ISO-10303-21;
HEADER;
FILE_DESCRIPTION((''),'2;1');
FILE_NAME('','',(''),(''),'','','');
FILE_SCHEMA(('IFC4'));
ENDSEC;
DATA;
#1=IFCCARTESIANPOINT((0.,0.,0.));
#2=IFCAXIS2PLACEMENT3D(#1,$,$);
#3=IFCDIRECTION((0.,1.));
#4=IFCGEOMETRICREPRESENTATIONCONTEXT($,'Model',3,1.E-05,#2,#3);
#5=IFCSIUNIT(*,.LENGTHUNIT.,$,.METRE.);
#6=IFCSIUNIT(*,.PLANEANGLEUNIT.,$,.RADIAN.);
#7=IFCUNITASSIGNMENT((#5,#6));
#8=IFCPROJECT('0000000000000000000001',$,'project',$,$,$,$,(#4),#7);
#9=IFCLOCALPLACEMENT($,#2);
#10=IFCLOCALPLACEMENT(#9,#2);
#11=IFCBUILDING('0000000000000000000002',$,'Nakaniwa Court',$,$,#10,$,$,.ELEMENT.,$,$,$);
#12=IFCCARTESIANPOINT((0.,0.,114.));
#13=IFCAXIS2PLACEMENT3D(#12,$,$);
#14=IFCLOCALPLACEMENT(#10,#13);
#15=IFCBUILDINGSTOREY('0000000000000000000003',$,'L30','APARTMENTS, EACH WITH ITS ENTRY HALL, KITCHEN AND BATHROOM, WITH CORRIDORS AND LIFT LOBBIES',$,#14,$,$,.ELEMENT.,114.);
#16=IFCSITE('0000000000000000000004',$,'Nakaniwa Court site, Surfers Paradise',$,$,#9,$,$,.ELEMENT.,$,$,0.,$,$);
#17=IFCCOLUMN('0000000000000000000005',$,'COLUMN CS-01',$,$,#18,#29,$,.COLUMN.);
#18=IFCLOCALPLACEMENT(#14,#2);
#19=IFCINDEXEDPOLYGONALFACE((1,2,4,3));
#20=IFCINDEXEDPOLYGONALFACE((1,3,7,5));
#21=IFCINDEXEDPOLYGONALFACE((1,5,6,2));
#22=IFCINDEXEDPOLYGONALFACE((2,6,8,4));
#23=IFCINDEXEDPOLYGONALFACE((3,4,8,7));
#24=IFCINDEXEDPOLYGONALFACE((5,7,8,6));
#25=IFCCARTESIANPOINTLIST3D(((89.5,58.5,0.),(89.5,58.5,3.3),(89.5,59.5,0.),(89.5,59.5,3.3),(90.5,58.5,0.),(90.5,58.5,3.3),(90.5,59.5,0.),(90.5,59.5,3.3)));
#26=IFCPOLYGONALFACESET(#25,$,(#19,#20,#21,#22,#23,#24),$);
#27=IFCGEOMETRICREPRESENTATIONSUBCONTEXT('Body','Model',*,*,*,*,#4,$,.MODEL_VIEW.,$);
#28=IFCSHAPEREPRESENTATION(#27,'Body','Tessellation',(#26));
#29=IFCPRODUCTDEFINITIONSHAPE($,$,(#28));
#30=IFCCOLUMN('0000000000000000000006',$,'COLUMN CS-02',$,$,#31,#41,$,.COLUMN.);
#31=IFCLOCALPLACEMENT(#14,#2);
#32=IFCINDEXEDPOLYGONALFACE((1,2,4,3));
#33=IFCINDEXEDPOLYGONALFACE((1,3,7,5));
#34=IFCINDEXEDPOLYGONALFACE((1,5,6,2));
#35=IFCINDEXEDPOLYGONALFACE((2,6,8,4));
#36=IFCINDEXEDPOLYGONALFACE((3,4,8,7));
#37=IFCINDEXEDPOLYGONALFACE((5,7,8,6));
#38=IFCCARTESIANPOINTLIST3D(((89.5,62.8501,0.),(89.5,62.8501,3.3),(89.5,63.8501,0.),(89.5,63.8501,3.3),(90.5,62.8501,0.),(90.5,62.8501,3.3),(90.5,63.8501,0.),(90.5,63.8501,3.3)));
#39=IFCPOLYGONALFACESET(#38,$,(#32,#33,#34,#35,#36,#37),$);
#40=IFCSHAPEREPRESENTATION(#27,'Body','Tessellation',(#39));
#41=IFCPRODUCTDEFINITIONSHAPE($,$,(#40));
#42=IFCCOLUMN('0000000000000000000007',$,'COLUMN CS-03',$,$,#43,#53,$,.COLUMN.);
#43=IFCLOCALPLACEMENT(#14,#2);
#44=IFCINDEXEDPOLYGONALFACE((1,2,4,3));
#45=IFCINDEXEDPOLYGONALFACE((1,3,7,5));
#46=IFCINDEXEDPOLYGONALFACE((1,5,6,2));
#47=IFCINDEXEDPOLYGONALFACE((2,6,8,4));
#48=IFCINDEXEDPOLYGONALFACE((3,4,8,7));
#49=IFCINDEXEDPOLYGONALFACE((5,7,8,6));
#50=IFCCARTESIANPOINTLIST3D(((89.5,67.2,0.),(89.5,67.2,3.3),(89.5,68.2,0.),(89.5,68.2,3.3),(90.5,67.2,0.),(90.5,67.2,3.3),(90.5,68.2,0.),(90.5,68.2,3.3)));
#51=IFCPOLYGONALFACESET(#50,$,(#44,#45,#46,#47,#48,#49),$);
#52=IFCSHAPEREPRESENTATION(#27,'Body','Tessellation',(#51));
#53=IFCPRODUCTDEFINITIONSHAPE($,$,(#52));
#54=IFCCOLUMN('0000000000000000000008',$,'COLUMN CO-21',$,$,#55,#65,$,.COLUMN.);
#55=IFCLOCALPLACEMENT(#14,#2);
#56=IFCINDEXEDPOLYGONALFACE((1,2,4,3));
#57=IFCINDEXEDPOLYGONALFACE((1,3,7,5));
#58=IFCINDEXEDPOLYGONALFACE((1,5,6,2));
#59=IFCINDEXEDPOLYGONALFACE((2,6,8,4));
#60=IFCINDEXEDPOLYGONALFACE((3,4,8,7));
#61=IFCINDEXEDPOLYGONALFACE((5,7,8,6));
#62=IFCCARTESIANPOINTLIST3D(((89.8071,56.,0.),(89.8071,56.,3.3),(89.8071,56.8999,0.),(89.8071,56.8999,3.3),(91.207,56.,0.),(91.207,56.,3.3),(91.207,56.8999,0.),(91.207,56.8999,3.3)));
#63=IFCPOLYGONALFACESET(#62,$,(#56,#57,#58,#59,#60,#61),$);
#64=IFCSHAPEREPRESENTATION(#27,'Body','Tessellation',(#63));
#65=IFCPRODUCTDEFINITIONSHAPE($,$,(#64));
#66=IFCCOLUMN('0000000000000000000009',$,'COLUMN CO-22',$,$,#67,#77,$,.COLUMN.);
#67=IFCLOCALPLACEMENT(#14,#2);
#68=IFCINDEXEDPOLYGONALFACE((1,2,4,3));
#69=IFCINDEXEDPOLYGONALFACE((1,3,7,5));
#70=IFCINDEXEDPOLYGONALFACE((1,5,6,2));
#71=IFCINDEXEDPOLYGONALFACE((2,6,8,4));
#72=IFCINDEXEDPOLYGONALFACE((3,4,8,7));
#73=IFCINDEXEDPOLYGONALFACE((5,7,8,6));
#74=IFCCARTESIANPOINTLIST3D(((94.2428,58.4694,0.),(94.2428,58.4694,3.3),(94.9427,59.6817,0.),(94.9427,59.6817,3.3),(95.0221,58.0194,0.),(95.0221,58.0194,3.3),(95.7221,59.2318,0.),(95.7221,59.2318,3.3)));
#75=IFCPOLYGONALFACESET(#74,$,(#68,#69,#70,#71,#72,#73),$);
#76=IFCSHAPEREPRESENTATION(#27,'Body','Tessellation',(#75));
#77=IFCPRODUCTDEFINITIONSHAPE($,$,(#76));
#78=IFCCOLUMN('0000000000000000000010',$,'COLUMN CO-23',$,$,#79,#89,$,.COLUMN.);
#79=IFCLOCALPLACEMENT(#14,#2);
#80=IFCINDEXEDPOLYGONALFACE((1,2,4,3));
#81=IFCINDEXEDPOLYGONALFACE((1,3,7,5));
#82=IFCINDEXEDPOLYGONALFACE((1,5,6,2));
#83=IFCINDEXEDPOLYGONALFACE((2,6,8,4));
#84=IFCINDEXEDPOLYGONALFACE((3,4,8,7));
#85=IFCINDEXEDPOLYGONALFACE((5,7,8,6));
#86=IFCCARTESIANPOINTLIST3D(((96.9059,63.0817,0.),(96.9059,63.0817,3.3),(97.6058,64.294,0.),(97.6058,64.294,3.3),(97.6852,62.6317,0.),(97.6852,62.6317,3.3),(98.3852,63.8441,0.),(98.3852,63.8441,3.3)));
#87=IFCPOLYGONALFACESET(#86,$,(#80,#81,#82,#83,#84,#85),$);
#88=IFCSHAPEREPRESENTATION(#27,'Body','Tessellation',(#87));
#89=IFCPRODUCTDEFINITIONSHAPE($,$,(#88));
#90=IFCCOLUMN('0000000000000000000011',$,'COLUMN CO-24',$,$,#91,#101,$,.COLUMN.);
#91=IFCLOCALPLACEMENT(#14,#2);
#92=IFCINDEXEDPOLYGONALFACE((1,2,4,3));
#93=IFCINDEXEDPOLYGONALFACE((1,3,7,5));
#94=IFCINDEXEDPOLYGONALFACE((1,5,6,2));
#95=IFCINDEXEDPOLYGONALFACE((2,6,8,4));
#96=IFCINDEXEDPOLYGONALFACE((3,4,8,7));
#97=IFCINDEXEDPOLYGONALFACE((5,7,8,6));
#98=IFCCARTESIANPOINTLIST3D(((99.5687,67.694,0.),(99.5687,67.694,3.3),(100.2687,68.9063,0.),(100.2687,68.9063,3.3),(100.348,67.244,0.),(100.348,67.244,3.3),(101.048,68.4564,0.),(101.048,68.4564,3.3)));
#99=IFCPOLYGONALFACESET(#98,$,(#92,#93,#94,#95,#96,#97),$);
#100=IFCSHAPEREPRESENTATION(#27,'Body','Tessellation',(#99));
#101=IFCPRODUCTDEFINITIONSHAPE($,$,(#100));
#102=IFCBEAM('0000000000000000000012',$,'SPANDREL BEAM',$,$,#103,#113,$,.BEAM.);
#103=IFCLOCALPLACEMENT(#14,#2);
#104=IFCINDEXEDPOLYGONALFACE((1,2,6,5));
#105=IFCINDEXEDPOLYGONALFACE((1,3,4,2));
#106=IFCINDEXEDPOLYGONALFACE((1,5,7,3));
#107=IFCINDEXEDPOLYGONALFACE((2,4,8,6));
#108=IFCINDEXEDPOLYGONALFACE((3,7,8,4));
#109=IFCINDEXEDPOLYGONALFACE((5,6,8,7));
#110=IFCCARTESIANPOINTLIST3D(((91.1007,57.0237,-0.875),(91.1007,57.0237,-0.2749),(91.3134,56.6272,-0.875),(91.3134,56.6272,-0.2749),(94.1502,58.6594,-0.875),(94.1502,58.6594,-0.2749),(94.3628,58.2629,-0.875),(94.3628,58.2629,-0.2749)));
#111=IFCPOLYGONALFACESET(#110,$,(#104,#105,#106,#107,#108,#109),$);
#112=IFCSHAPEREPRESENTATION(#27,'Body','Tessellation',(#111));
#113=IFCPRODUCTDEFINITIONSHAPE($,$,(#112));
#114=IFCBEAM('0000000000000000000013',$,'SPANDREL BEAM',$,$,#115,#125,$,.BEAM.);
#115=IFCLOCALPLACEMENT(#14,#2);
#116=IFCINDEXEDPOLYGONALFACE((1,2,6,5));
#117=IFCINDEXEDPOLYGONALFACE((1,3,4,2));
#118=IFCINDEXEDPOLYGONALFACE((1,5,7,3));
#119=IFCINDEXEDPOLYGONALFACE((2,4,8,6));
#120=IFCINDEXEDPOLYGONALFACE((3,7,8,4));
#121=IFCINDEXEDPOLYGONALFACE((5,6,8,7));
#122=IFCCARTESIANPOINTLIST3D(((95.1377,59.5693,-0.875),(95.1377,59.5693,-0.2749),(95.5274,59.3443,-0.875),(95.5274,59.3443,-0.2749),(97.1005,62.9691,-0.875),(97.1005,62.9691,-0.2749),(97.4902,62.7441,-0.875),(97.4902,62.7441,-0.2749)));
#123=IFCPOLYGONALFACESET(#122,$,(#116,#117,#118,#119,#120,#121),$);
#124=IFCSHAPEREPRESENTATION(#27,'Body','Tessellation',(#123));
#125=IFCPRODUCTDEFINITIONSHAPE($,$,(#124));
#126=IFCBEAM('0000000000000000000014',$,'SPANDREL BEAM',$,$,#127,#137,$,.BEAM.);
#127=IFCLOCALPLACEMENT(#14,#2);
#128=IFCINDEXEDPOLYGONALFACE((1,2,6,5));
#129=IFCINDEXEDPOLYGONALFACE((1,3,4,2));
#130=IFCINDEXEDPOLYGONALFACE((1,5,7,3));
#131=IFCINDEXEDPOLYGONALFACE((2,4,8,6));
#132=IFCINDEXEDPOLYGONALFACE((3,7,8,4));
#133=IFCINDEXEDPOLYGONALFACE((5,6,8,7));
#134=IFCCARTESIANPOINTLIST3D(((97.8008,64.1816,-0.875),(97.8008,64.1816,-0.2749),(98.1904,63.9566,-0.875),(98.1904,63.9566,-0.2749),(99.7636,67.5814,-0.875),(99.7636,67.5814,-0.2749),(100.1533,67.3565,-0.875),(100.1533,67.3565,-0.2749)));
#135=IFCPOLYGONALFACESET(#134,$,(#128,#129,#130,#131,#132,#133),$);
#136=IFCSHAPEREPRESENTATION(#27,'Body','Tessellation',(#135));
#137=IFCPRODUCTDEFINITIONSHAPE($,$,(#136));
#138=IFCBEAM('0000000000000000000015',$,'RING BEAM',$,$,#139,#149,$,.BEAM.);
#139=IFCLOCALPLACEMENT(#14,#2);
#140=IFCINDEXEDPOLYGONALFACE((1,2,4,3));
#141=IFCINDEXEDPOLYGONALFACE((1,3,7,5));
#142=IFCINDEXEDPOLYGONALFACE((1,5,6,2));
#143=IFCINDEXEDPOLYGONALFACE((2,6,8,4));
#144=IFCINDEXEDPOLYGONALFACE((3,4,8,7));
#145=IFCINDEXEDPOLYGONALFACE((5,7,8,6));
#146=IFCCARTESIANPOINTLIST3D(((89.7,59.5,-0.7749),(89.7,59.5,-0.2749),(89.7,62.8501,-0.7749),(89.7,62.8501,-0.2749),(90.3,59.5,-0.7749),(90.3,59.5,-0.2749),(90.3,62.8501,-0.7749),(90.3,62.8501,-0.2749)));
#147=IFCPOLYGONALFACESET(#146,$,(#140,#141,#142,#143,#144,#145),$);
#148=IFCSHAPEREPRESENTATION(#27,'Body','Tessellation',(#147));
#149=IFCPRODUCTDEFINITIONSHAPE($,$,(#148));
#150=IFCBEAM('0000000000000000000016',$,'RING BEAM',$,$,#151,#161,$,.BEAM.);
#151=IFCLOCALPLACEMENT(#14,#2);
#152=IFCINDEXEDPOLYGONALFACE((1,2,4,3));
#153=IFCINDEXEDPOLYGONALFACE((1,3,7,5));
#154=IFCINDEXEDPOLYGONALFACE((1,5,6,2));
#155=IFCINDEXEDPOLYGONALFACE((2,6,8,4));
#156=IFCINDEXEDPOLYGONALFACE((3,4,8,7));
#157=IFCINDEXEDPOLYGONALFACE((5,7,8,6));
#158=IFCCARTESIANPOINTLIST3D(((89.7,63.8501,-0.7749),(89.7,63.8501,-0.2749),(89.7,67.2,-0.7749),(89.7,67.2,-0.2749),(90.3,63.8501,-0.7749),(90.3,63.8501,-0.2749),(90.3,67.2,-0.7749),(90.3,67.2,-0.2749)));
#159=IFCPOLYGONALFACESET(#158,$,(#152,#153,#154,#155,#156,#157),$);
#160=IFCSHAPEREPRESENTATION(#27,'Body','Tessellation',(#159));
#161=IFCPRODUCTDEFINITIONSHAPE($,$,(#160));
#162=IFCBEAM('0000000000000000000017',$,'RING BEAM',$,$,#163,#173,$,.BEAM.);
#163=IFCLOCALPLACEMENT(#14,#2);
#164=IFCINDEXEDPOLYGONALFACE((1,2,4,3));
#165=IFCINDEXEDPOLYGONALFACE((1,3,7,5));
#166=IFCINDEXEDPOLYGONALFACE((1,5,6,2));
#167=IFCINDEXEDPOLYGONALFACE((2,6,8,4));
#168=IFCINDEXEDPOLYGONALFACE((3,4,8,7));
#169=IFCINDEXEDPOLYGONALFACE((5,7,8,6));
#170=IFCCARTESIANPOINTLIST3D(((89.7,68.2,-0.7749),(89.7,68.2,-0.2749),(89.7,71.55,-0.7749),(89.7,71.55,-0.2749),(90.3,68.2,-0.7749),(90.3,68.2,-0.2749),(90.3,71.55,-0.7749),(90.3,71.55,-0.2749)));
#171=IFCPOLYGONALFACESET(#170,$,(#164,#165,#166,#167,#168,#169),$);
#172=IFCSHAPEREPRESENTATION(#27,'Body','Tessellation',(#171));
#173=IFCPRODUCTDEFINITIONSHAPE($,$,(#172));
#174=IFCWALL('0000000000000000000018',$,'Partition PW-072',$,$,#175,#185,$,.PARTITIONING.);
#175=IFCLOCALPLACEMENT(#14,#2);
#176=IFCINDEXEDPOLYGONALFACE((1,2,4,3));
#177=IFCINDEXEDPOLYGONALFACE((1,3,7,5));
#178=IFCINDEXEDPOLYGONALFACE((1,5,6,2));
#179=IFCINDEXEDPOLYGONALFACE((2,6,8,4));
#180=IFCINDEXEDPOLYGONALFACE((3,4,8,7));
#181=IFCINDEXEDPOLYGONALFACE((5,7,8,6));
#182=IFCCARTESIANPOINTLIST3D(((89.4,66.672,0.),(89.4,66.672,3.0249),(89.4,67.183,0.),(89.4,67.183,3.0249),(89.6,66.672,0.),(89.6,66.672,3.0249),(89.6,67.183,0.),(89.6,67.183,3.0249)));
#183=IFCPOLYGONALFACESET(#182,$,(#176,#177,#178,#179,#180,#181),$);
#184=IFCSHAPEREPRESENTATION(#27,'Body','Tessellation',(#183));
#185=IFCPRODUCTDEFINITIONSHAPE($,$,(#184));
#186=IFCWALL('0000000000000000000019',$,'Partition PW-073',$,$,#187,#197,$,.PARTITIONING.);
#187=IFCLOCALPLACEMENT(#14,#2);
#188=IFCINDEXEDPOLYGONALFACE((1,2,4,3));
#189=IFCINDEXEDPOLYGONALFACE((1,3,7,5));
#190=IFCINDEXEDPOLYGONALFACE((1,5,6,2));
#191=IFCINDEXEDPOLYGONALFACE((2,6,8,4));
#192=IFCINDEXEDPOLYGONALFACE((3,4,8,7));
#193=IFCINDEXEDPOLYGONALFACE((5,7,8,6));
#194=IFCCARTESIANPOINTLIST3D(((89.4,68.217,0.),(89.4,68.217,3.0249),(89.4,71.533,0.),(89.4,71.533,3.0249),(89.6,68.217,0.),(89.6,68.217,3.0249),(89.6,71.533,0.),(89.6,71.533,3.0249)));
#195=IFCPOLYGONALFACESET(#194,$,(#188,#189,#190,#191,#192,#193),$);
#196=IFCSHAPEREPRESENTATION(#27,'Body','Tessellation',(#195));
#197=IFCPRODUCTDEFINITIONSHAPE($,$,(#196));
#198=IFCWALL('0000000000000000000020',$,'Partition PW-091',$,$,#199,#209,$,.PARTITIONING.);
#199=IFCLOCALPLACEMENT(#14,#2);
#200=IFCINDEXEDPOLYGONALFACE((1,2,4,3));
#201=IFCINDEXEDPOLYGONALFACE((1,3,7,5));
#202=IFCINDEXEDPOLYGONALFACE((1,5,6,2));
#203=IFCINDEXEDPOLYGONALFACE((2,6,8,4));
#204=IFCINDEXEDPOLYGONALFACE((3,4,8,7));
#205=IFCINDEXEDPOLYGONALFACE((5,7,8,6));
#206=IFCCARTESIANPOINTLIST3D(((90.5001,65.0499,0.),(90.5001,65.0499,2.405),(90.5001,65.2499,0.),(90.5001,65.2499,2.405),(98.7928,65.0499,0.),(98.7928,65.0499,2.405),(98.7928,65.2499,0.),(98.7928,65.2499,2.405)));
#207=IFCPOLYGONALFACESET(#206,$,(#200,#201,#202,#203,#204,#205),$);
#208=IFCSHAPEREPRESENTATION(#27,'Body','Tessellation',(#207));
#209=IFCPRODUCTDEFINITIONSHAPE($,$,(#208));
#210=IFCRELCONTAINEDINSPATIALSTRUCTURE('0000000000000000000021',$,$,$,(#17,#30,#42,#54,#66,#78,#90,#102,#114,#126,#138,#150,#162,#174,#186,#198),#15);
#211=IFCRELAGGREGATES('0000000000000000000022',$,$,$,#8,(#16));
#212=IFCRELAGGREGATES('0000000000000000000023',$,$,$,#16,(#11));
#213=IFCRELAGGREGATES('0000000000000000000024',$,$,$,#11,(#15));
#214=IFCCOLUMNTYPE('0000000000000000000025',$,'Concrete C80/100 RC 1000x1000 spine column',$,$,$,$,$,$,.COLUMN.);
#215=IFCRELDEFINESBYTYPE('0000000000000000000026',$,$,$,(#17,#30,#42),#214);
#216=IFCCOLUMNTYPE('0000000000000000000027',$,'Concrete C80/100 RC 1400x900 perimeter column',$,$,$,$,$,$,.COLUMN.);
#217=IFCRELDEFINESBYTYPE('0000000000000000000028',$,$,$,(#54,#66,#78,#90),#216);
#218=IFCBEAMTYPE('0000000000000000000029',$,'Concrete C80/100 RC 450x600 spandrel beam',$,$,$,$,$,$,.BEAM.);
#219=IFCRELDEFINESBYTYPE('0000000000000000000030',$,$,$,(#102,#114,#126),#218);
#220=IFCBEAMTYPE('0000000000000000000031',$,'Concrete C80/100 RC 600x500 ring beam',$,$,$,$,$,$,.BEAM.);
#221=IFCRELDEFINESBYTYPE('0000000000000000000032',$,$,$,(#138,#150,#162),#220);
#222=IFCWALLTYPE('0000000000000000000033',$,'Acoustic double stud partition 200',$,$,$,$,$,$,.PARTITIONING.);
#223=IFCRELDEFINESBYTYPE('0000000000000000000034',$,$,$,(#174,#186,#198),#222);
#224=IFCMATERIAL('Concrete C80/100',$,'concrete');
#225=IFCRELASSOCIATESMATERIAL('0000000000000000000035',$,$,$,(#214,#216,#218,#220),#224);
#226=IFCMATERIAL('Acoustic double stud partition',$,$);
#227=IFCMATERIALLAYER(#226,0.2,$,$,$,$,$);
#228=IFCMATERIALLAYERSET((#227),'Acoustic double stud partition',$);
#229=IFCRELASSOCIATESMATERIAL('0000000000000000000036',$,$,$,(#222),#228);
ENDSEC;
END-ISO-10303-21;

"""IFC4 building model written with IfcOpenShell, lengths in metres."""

from ifc_helpers import new_model, si_unit, direction, frame, frame_2d, origin, origin_2d, place, context, subcontext, project, spatial, rectangle, extrude, material, layer, layer_set, material_profile, profile_set, type_object, element, save


model = new_model("IFC4")

# Units and contexts
model_context = context("Model", 3, precision=1e-05, world=origin(), true_north=direction((0.0, 1.0)))
body_context = subcontext(model_context, "Body", "Model", "MODEL_VIEW")
ifc_project = project(units=[si_unit("LENGTHUNIT", "METRE"), si_unit("PLANEANGLEUNIT", "RADIAN")], contexts=[model_context])

# Site, building, storey
site_placement = place(None, origin())
site = spatial("IfcSite", under=ifc_project, at=site_placement, Name="Nakaniwa Court site, Surfers Paradise", CompositionType="ELEMENT", RefElevation=0.0)
building_placement = place(site_placement, origin())
building = spatial("IfcBuilding", under=site, at=building_placement, Name="Nakaniwa Court", CompositionType="ELEMENT")
storey_placement = place(building_placement, frame((0.0, 0.0, 114.0)))
storey = spatial("IfcBuildingStorey", under=building, at=storey_placement, Name="L30", Description="APARTMENTS, EACH WITH ITS ENTRY HALL, KITCHEN AND BATHROOM, WITH CORRIDORS AND LIFT LOBBIES", CompositionType="ELEMENT", Elevation=114.0)

# Columns
ifc_material_1 = material(Name="Concrete C80/100", Category="concrete")
ifc_material_profile_1 = material_profile(ifc_material_1, rectangle(XDim=1.0, YDim=1.0, at=origin_2d()), Name="Concrete C80/100 RC 1000x1000 spine column")
ifc_profile_set_1 = profile_set([ifc_material_profile_1], Name="Concrete C80/100")
column_type_1 = type_object("IfcColumnType", Name="Concrete C80/100 RC 1000x1000 spine column", PredefinedType="COLUMN", material=ifc_profile_set_1)
for number, where, z_axis, x_axis, name in (
    (1, (90.0, 59.0, 0.0), (0.0, 0.0, 1.0), (0.0, 1.0, 0.0), "COLUMN CS-01"),
    (2, (90.0, 63.3501, 0.0), (0.0, 0.0, 1.0), (0.0, 1.0, 0.0), "COLUMN CS-02"),
    (3, (90.0, 67.7, 0.0), (0.0, 0.0, 1.0), (0.0, 1.0, 0.0), "COLUMN CS-03"),
):
    element("IfcColumn", number, at=place(storey_placement, frame(where, z_axis=z_axis, x_axis=x_axis)), inside=storey, type_object=column_type_1, Name=name, PredefinedType="COLUMN", context=body_context, shape_type="SweptSolid", body=[
        extrude(rectangle(XDim=1.0, YDim=1.0, at=origin_2d()), origin(), (0.0, 0.0, 1.0), 3.3),
    ])
ifc_material_profile_2 = material_profile(ifc_material_1, rectangle(XDim=1.3999, YDim=0.8999, at=origin_2d()), Name="Concrete C80/100 RC 1400x900 perimeter column")
ifc_profile_set_2 = profile_set([ifc_material_profile_2], Name="Concrete C80/100")
column_type_2 = type_object("IfcColumnType", Name="Concrete C80/100 RC 1400x900 perimeter column", PredefinedType="COLUMN", material=ifc_profile_set_2)
for number, where, z_axis, x_axis, name in (
    (4, (90.5071, 56.45, 0.0), (0.0, 0.0, 1.0), (1.0, 0.0, 0.0), "COLUMN CO-21"),
    (5, (94.9824, 58.8506, 0.0), (0.0, 0.0, 1.0), (0.5, 0.866025, 0.0), "COLUMN CO-22"),
    (6, (97.6455, 63.4629, 0.0), (0.0, 0.0, 1.0), (0.5, 0.866025, 0.0), "COLUMN CO-23"),
    (7, (100.3083, 68.0752, 0.0), (0.0, 0.0, 1.0), (0.5, 0.866025, 0.0), "COLUMN CO-24"),
):
    element("IfcColumn", number, at=place(storey_placement, frame(where, z_axis=z_axis, x_axis=x_axis)), inside=storey, type_object=column_type_2, Name=name, PredefinedType="COLUMN", context=body_context, shape_type="SweptSolid", body=[
        extrude(rectangle(XDim=1.3999, YDim=0.8999, at=origin_2d()), origin(), (0.0, 0.0, 1.0), 3.3),
    ])

# Beams
ifc_material_profile_3 = material_profile(ifc_material_1, rectangle(XDim=0.45, YDim=0.6001, at=origin_2d()), Name="Concrete C80/100 RC 450x600 spandrel beam")
ifc_profile_set_3 = profile_set([ifc_material_profile_3], Name="Concrete C80/100")
beam_type_1 = type_object("IfcBeamType", Name="Concrete C80/100 RC 450x600 spandrel beam", PredefinedType="BEAM", material=ifc_profile_set_3)
beam_1_placement = place(storey_placement, frame((91.207, 56.8254, -0.575), z_axis=(0.881233, 0.472681, 0.0), x_axis=(-0.472681, 0.881233, 0.0)))
element("IfcBeam", 8, at=beam_1_placement, inside=storey, type_object=beam_type_1, Name="SPANDREL BEAM", PredefinedType="BEAM", context=body_context, shape_type="SweptSolid", body=[
    extrude(rectangle(XDim=0.45, YDim=0.6001, at=origin_2d()), origin(), (0.0, 0.0, 1.0), 3.4604),
])
for number, where, z_axis, x_axis, name in (
    (9, (95.3325, 59.4568, -0.575), (0.499992, 0.86603, 0.0), (-0.86603, 0.499992, 0.0), "SPANDREL BEAM"),
    (10, (97.9956, 64.0691, -0.575), (0.499992, 0.86603, 0.0), (-0.86603, 0.499992, 0.0), "SPANDREL BEAM"),
):
    element("IfcBeam", number, at=place(storey_placement, frame(where, z_axis=z_axis, x_axis=x_axis)), inside=storey, type_object=beam_type_1, Name=name, PredefinedType="BEAM", context=body_context, shape_type="SweptSolid", body=[
        extrude(rectangle(XDim=0.45, YDim=0.6001, at=origin_2d()), origin(), (0.0, 0.0, 1.0), 3.9258),
    ])
ifc_material_profile_4 = material_profile(ifc_material_1, rectangle(XDim=0.6001, YDim=0.5, at=origin_2d()), Name="Concrete C80/100 RC 600x500 ring beam")
ifc_profile_set_4 = profile_set([ifc_material_profile_4], Name="Concrete C80/100")
beam_type_2 = type_object("IfcBeamType", Name="Concrete C80/100 RC 600x500 ring beam", PredefinedType="BEAM", material=ifc_profile_set_4)
beam_2_placement = place(storey_placement, frame((90.0, 59.5, -0.5249), z_axis=(0.0, 1.0, 0.0), x_axis=(-1.0, 0.0, 0.0)))
element("IfcBeam", 11, at=beam_2_placement, inside=storey, type_object=beam_type_2, Name="RING BEAM", PredefinedType="BEAM", context=body_context, shape_type="SweptSolid", body=[
    extrude(rectangle(XDim=0.6001, YDim=0.5, at=origin_2d()), origin(), (0.0, 0.0, 1.0), 3.3501),
])
beam_3_placement = place(storey_placement, frame((90.0, 63.8501, -0.5249), z_axis=(0.0, 1.0, 0.0), x_axis=(-1.0, 0.0, 0.0)))
element("IfcBeam", 12, at=beam_3_placement, inside=storey, type_object=beam_type_2, Name="RING BEAM", PredefinedType="BEAM", context=body_context, shape_type="SweptSolid", body=[
    extrude(rectangle(XDim=0.6001, YDim=0.5, at=origin_2d()), origin(), (0.0, 0.0, 1.0), 3.3499),
])
beam_4_placement = place(storey_placement, frame((90.0, 68.2, -0.5249), z_axis=(0.0, 1.0, 0.0), x_axis=(-1.0, 0.0, 0.0)))
element("IfcBeam", 13, at=beam_4_placement, inside=storey, type_object=beam_type_2, Name="RING BEAM", PredefinedType="BEAM", context=body_context, shape_type="SweptSolid", body=[
    extrude(rectangle(XDim=0.6001, YDim=0.5, at=origin_2d()), origin(), (0.0, 0.0, 1.0), 3.3501),
])

# Walls
ifc_material_2 = material(Name="Acoustic double stud partition")
ifc_layer_1 = layer(ifc_material_2, 0.2)
ifc_layer_set_1 = layer_set([ifc_layer_1], Name="Acoustic double stud partition")
wall_type_1 = type_object("IfcWallType", Name="Acoustic double stud partition 200", PredefinedType="PARTITIONING", material=ifc_layer_set_1)
wall_1_placement = place(storey_placement, frame((89.5, 66.6721, 0.0), z_axis=(0.0, 0.0, 1.0), x_axis=(0.0, 1.0, 0.0)))
element("IfcWall", 14, at=wall_1_placement, inside=storey, type_object=wall_type_1, Name="Partition PW-072", PredefinedType="PARTITIONING", context=body_context, shape_type="SweptSolid", body=[
    extrude(rectangle(XDim=0.511, YDim=0.2, at=frame_2d((0.2554, 0.0))), origin(), (0.0, 0.0, 1.0), 3.0249),
])
wall_2_placement = place(storey_placement, frame((89.5, 68.217, 0.0), z_axis=(0.0, 0.0, 1.0), x_axis=(0.0, 1.0, 0.0)))
element("IfcWall", 15, at=wall_2_placement, inside=storey, type_object=wall_type_1, Name="Partition PW-073", PredefinedType="PARTITIONING", context=body_context, shape_type="SweptSolid", body=[
    extrude(rectangle(XDim=3.3159, YDim=0.2, at=frame_2d((1.658, 0.0))), origin(), (0.0, 0.0, 1.0), 3.0249),
])
wall_3_placement = place(storey_placement, frame((90.5, 65.1499, 0.0), z_axis=(0.0, 0.0, 1.0), x_axis=(1.0, 0.0, 0.0)))
element("IfcWall", 16, at=wall_3_placement, inside=storey, type_object=wall_type_1, Name="Partition PW-091", PredefinedType="PARTITIONING", context=body_context, shape_type="SweptSolid", body=[
    extrude(rectangle(XDim=8.2927, YDim=0.2, at=frame_2d((4.1465, 0.0))), origin(), (0.0, 0.0, 1.0), 2.405),
])

save(model, "model.ifc")
